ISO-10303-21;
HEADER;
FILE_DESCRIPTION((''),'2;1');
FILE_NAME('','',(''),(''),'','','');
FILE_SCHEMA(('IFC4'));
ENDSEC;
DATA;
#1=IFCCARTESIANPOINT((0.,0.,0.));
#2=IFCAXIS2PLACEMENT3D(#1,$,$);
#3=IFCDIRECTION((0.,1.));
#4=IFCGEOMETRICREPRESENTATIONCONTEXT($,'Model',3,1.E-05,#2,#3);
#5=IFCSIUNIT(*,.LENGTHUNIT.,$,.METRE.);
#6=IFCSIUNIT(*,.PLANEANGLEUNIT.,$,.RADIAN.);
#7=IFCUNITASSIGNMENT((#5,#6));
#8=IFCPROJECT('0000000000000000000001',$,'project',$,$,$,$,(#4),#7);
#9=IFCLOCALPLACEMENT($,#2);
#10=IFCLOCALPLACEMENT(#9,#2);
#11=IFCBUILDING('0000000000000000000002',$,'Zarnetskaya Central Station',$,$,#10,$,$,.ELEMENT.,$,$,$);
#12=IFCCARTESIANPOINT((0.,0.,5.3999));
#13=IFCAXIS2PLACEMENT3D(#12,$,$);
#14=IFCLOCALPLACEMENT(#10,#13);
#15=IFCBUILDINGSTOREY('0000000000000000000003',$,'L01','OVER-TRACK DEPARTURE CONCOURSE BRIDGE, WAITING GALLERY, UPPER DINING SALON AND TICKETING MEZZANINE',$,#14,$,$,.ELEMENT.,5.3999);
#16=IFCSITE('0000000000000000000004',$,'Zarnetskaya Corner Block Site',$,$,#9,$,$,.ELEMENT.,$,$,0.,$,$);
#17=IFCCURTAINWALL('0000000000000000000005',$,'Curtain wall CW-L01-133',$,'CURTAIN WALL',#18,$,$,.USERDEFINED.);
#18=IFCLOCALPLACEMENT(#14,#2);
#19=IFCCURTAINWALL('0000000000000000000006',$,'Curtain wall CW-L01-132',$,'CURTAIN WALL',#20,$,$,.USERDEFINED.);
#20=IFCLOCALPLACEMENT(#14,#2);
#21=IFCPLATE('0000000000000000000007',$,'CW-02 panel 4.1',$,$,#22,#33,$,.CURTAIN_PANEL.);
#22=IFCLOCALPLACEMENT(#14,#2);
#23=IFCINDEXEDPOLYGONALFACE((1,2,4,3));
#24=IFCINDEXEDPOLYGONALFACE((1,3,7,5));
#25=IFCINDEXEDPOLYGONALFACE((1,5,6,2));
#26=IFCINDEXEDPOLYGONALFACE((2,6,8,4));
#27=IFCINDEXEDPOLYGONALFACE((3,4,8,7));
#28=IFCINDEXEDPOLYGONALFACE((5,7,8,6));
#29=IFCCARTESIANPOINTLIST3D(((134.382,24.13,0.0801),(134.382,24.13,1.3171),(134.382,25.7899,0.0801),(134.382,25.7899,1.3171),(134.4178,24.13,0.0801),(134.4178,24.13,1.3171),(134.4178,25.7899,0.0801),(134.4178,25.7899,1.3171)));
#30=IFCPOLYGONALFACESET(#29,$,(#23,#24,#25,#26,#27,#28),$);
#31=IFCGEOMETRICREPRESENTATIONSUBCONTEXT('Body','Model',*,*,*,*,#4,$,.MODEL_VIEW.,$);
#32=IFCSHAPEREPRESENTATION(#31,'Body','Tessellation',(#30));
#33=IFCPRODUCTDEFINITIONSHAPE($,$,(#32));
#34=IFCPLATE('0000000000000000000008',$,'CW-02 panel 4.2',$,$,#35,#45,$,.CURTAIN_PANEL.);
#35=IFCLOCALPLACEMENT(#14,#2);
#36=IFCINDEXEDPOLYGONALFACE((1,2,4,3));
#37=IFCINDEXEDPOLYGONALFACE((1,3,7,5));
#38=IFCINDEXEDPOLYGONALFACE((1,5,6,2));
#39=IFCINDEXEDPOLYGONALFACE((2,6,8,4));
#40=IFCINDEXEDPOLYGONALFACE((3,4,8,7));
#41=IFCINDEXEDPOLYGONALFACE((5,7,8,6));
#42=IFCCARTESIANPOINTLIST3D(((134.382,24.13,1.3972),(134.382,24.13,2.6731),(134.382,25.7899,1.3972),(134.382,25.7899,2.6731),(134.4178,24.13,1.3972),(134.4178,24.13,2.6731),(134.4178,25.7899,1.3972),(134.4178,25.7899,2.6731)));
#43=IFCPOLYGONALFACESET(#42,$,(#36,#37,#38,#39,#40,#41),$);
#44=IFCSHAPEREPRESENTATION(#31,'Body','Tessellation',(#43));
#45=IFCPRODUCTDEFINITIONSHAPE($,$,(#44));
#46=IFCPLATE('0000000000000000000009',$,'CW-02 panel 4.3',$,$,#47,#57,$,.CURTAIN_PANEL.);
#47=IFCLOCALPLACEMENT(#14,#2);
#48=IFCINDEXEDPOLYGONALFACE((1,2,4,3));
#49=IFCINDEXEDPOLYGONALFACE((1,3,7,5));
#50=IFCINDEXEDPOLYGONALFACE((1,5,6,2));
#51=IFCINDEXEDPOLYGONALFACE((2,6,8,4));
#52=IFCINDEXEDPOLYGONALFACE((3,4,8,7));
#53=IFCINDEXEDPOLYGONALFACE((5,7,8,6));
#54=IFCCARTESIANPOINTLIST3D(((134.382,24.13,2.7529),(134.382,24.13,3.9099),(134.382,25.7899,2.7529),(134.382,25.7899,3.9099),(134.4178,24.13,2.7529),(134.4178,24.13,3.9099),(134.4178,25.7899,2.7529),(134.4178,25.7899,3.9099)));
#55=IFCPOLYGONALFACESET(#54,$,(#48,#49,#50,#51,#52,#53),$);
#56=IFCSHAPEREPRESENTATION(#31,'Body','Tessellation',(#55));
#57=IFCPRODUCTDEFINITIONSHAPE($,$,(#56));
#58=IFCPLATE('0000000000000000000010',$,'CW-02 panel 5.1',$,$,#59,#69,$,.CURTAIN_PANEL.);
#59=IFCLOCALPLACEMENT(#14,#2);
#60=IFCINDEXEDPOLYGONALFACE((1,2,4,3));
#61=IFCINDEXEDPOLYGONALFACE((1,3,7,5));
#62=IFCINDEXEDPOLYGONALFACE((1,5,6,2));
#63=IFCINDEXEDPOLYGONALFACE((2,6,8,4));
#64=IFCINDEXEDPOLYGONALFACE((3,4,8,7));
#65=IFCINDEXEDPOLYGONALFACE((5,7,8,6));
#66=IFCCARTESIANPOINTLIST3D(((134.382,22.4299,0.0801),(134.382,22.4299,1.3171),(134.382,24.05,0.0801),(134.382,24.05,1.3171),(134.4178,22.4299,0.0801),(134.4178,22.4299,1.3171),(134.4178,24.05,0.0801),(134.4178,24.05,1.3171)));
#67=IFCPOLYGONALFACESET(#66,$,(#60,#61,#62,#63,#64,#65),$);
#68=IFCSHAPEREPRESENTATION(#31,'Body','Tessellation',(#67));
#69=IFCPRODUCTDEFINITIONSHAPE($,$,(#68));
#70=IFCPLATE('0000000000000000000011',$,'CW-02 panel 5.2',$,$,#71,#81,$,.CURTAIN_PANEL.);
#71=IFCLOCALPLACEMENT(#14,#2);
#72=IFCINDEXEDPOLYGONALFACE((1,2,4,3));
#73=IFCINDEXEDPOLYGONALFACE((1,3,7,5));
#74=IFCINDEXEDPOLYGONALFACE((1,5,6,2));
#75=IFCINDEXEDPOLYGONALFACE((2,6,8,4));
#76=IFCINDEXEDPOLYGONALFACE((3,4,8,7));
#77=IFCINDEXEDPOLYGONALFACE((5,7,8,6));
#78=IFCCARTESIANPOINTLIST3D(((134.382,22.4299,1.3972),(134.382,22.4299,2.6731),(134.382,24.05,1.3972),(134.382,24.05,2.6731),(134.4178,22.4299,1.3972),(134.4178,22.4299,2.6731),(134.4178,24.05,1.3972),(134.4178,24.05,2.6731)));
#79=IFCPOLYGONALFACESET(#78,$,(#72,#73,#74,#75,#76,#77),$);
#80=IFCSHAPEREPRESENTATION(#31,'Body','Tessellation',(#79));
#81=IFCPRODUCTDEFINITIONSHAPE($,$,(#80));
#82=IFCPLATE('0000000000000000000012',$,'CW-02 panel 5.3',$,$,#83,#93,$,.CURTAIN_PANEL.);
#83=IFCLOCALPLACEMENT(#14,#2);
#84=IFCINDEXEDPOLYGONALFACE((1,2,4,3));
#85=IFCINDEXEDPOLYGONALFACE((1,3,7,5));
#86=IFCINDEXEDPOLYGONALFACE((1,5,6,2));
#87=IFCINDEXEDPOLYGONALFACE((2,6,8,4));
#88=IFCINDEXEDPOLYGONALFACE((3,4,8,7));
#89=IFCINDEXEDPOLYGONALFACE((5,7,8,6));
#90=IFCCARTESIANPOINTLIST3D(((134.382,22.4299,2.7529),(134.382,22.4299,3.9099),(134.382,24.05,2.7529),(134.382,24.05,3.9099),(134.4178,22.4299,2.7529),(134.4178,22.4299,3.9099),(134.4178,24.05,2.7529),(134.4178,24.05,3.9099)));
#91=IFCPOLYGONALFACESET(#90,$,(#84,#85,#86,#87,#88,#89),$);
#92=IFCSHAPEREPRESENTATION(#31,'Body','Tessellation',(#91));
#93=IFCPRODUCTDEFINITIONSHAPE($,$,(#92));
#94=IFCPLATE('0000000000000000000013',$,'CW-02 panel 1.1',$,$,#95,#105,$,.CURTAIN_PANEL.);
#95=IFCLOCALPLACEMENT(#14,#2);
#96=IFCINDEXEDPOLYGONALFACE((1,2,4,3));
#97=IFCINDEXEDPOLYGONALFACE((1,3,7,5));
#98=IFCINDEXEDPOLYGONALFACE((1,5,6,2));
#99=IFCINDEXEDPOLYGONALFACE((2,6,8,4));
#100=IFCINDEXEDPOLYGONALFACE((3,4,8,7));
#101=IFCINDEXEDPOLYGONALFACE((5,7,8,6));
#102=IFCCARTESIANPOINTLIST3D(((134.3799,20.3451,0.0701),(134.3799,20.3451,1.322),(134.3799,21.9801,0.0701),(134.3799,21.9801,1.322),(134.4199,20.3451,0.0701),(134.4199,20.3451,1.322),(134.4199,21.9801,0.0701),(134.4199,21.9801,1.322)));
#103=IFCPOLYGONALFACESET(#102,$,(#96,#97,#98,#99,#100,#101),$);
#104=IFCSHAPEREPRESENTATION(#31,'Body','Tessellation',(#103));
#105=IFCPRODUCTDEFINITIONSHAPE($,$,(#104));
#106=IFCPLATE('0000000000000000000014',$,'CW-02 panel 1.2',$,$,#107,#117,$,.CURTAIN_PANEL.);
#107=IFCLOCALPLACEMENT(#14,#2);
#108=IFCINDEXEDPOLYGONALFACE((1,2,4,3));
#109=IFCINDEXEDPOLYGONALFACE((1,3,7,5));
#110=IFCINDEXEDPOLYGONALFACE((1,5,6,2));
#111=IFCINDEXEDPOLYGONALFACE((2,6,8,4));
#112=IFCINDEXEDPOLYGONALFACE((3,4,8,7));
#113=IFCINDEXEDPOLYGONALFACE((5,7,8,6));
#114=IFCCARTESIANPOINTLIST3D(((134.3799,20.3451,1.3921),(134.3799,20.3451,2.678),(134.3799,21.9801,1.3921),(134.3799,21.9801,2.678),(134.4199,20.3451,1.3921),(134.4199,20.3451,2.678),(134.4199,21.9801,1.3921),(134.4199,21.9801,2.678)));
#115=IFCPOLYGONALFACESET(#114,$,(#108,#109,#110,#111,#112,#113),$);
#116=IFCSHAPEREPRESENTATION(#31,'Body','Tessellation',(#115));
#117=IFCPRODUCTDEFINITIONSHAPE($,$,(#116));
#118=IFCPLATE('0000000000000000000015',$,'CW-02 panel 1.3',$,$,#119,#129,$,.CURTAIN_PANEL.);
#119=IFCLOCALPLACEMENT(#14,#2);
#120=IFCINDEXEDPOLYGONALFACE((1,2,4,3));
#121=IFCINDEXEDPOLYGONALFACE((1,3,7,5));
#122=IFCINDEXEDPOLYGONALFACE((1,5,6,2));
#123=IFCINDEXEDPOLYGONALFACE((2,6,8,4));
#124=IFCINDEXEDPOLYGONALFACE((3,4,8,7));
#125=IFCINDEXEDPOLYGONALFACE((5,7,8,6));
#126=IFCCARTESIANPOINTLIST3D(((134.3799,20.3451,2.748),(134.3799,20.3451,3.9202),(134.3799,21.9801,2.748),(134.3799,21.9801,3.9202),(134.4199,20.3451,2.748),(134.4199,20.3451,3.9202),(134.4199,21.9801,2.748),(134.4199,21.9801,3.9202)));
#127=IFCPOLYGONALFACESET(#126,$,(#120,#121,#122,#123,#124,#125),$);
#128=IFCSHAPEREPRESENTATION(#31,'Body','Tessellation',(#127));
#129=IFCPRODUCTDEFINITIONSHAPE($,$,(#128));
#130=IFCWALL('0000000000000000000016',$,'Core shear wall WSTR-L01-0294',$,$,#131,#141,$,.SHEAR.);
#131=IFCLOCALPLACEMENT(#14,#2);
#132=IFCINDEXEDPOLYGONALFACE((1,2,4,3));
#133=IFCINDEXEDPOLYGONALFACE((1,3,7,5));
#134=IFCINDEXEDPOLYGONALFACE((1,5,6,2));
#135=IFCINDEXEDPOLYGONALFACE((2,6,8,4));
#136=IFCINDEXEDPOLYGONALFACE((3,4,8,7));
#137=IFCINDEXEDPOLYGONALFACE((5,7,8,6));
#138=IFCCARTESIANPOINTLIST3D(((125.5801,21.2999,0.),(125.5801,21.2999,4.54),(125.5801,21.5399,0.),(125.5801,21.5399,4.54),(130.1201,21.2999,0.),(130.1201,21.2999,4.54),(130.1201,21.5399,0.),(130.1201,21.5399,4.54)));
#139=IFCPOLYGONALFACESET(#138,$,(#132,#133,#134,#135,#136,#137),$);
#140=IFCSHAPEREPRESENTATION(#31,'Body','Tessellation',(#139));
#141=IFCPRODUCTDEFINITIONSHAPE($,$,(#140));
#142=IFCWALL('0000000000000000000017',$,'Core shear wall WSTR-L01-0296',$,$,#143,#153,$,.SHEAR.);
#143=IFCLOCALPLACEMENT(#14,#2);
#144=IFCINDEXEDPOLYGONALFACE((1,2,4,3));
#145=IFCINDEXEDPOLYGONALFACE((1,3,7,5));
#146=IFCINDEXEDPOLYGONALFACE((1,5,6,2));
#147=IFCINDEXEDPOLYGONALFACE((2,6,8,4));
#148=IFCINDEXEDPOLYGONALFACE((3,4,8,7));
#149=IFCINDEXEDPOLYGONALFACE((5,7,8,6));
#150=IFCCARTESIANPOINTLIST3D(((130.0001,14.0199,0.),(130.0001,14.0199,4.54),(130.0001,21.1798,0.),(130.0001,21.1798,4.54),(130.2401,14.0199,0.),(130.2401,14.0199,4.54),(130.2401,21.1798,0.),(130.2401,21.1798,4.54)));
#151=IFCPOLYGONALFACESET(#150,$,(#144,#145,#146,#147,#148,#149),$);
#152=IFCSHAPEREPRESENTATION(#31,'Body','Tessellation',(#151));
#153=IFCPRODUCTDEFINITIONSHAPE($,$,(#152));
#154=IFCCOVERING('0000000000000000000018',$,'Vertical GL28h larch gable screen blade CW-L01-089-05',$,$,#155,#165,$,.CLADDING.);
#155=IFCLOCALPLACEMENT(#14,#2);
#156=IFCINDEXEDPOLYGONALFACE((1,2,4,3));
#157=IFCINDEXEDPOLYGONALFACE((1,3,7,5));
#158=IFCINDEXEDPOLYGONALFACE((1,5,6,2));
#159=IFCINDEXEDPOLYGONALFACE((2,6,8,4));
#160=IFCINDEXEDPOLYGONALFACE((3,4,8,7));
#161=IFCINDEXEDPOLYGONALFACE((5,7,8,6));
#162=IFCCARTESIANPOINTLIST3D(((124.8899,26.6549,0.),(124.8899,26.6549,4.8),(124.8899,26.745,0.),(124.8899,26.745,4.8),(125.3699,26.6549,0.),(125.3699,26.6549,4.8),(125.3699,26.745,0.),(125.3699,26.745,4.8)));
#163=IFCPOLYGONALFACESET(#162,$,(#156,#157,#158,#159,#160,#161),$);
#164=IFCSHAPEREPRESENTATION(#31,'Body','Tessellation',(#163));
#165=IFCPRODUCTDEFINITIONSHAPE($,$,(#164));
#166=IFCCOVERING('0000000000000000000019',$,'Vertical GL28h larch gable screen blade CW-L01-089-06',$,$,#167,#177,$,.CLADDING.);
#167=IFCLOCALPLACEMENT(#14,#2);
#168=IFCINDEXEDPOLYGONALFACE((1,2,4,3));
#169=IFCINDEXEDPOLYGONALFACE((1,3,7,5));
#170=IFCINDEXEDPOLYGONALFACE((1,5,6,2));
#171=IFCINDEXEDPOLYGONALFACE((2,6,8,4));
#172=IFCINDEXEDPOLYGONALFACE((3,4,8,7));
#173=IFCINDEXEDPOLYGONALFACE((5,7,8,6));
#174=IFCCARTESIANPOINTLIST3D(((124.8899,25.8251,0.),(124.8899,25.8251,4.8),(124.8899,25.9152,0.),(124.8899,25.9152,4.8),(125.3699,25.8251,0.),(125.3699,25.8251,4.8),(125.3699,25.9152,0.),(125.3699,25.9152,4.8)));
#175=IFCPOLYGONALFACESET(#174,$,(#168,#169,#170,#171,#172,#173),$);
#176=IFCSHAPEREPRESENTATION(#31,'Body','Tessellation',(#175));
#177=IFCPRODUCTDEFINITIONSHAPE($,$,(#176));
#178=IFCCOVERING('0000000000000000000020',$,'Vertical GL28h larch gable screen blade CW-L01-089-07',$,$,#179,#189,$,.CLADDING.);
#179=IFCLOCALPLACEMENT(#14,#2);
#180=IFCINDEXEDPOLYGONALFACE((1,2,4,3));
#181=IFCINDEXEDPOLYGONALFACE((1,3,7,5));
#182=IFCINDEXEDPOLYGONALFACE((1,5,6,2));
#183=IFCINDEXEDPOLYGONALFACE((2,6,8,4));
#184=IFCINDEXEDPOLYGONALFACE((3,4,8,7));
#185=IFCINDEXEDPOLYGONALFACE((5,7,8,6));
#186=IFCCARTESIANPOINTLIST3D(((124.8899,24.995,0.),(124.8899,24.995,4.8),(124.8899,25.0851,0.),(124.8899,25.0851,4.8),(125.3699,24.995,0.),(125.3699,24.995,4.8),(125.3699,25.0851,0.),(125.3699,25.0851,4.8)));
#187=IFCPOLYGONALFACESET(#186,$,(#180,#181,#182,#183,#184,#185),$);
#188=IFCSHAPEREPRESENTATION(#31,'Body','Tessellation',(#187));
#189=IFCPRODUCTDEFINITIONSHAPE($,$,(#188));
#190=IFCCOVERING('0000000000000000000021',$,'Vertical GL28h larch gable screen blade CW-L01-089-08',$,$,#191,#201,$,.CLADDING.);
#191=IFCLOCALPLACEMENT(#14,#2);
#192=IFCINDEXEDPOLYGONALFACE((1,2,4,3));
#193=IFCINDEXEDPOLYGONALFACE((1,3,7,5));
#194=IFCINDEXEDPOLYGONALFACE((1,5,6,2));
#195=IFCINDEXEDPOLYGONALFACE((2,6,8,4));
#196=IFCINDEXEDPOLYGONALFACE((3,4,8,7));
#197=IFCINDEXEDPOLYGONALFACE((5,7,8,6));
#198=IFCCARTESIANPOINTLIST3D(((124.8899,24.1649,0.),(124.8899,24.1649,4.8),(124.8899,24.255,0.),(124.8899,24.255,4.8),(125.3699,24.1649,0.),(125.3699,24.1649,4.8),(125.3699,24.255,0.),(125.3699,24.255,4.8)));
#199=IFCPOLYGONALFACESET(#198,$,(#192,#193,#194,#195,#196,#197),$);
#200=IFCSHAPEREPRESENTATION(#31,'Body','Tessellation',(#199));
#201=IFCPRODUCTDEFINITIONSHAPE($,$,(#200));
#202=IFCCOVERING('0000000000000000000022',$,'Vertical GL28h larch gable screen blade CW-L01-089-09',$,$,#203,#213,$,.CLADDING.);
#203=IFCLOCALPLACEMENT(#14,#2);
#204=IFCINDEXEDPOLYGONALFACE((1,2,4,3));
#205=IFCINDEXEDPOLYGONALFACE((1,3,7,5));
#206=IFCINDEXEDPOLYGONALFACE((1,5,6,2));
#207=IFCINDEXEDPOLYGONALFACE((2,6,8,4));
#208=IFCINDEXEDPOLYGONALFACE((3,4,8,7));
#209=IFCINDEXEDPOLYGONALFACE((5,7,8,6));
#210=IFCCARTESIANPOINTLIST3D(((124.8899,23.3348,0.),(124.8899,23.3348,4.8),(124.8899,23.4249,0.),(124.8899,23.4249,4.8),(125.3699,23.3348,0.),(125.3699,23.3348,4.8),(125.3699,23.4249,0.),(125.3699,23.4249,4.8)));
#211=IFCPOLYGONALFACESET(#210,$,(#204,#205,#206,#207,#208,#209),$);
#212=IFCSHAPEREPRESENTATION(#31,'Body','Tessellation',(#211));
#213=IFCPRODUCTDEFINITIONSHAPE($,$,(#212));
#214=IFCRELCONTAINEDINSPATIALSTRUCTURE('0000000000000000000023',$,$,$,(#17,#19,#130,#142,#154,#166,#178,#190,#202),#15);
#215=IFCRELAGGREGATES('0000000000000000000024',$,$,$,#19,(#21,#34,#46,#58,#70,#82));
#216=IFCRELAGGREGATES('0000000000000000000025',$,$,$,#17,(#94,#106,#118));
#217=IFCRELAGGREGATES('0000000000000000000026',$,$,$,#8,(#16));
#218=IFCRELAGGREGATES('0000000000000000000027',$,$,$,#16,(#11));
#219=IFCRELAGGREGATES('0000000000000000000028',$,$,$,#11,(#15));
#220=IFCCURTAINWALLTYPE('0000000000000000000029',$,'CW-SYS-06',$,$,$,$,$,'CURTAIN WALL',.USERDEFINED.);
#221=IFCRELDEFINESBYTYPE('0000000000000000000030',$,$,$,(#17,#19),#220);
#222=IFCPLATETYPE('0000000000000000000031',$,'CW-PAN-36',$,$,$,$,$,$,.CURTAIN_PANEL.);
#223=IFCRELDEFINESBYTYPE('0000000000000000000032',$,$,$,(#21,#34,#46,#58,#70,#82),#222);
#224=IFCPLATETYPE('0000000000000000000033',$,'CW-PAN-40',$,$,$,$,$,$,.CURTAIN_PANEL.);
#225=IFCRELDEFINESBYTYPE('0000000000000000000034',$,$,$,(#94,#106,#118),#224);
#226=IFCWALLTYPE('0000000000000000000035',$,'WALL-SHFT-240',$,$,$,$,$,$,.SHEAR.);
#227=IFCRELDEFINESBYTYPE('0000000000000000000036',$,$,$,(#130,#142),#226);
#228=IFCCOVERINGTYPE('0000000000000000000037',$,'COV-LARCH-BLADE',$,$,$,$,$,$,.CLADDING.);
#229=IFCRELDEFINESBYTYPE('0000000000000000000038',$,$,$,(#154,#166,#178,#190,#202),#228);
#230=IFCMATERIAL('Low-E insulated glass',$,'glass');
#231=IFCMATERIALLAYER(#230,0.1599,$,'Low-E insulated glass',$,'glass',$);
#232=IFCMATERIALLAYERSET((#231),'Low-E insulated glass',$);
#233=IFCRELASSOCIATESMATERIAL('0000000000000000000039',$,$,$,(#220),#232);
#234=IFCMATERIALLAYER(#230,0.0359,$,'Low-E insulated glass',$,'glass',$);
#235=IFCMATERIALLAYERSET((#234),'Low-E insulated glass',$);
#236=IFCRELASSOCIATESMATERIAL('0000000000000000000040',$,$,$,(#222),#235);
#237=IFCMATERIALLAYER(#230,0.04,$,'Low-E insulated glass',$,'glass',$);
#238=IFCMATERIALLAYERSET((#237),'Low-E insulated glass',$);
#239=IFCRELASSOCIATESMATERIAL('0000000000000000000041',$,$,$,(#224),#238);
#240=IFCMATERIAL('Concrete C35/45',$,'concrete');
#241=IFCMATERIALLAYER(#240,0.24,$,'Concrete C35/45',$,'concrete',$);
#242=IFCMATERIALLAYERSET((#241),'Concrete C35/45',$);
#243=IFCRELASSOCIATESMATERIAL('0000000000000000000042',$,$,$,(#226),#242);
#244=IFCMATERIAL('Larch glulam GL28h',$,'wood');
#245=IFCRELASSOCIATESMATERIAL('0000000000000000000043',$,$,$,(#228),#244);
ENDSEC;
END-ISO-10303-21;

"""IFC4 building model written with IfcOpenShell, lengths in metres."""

from ifc_helpers import new_model, si_unit, direction, frame, frame_2d, origin, origin_2d, place, context, subcontext, project, spatial, rectangle, extrude, material, layer, layer_set, type_object, element, aggregate, save


model = new_model("IFC4")

# Units and contexts
model_context = context("Model", 3, precision=1e-05, world=origin(), true_north=direction((0.0, 1.0)))
body_context = subcontext(model_context, "Body", "Model", "MODEL_VIEW")
ifc_project = project(units=[si_unit("LENGTHUNIT", "METRE"), si_unit("PLANEANGLEUNIT", "RADIAN")], contexts=[model_context])

# Site, building, storey
site_placement = place(None, origin())
site = spatial("IfcSite", under=ifc_project, at=site_placement, Name="Zarnetskaya Corner Block Site", CompositionType="ELEMENT", RefElevation=0.0)
building_placement = place(site_placement, origin())
building = spatial("IfcBuilding", under=site, at=building_placement, Name="Zarnetskaya Central Station", CompositionType="ELEMENT")
storey_placement = place(building_placement, frame((0.0, 0.0, 5.3999)))
storey = spatial("IfcBuildingStorey", under=building, at=storey_placement, Name="L01", Description="OVER-TRACK DEPARTURE CONCOURSE BRIDGE, WAITING GALLERY, UPPER DINING SALON AND TICKETING MEZZANINE", CompositionType="ELEMENT", Elevation=5.3999)

# Curtain walls
ifc_material_1 = material(Name="Low-E insulated glass", Category="glass")
ifc_layer_1 = layer(ifc_material_1, 0.1599, Name="Low-E insulated glass", Category="glass")
ifc_layer_set_1 = layer_set([ifc_layer_1], Name="Low-E insulated glass")
curtain_wall_type = type_object("IfcCurtainWallType", Name="CW-SYS-06", ElementType="CURTAIN WALL", PredefinedType="USERDEFINED", material=ifc_layer_set_1)
curtain_wall_1_placement = place(storey_placement, origin())
curtain_wall_1 = element("IfcCurtainWall", 1, at=curtain_wall_1_placement, inside=storey, type_object=curtain_wall_type, Name="Curtain wall CW-L01-133", ObjectType="CURTAIN WALL", PredefinedType="USERDEFINED")
curtain_wall_2_placement = place(storey_placement, origin())
curtain_wall_2 = element("IfcCurtainWall", 2, at=curtain_wall_2_placement, inside=storey, type_object=curtain_wall_type, Name="Curtain wall CW-L01-132", ObjectType="CURTAIN WALL", PredefinedType="USERDEFINED")

# Plates
ifc_layer_2 = layer(ifc_material_1, 0.0359, Name="Low-E insulated glass", Category="glass")
ifc_layer_set_2 = layer_set([ifc_layer_2], Name="Low-E insulated glass")
plate_type_1 = type_object("IfcPlateType", Name="CW-PAN-36", PredefinedType="CURTAIN_PANEL", material=ifc_layer_set_2)
plate_1_placement = place(storey_placement, frame((134.3999, 24.96, 0.0801), z_axis=(0.0, 0.0, 1.0), x_axis=(0.0, -1.0, 0.0)))
plate_1 = element("IfcPlate", 3, at=plate_1_placement, type_object=plate_type_1, Name="CW-02 panel 4.1", PredefinedType="CURTAIN_PANEL", context=body_context, shape_type="SweptSolid", body=[
    extrude(rectangle(XDim=1.6599, YDim=0.0359, at=origin_2d()), origin(), (0.0, 0.0, 1.0), 1.2371),
])
plate_2_placement = place(storey_placement, frame((134.3999, 24.96, 1.3972), z_axis=(0.0, 0.0, 1.0), x_axis=(0.0, -1.0, 0.0)))
plate_2 = element("IfcPlate", 4, at=plate_2_placement, type_object=plate_type_1, Name="CW-02 panel 4.2", PredefinedType="CURTAIN_PANEL", context=body_context, shape_type="SweptSolid", body=[
    extrude(rectangle(XDim=1.6599, YDim=0.0359, at=origin_2d()), origin(), (0.0, 0.0, 1.0), 1.2759),
])
plate_3_placement = place(storey_placement, frame((134.3999, 24.96, 2.7529), z_axis=(0.0, 0.0, 1.0), x_axis=(0.0, -1.0, 0.0)))
plate_3 = element("IfcPlate", 5, at=plate_3_placement, type_object=plate_type_1, Name="CW-02 panel 4.3", PredefinedType="CURTAIN_PANEL", context=body_context, shape_type="SweptSolid", body=[
    extrude(rectangle(XDim=1.6599, YDim=0.0359, at=origin_2d()), origin(), (0.0, 0.0, 1.0), 1.157),
])
plate_4_placement = place(storey_placement, frame((134.3999, 23.24, 0.0801), z_axis=(0.0, 0.0, 1.0), x_axis=(0.0, -1.0, 0.0)))
plate_4 = element("IfcPlate", 6, at=plate_4_placement, type_object=plate_type_1, Name="CW-02 panel 5.1", PredefinedType="CURTAIN_PANEL", context=body_context, shape_type="SweptSolid", body=[
    extrude(rectangle(XDim=1.6201, YDim=0.0359, at=origin_2d()), origin(), (0.0, 0.0, 1.0), 1.2371),
])
plate_5_placement = place(storey_placement, frame((134.3999, 23.24, 1.3972), z_axis=(0.0, 0.0, 1.0), x_axis=(0.0, -1.0, 0.0)))
plate_5 = element("IfcPlate", 7, at=plate_5_placement, type_object=plate_type_1, Name="CW-02 panel 5.2", PredefinedType="CURTAIN_PANEL", context=body_context, shape_type="SweptSolid", body=[
    extrude(rectangle(XDim=1.6201, YDim=0.0359, at=origin_2d()), origin(), (0.0, 0.0, 1.0), 1.2759),
])
plate_6_placement = place(storey_placement, frame((134.3999, 23.24, 2.7529), z_axis=(0.0, 0.0, 1.0), x_axis=(0.0, -1.0, 0.0)))
plate_6 = element("IfcPlate", 8, at=plate_6_placement, type_object=plate_type_1, Name="CW-02 panel 5.3", PredefinedType="CURTAIN_PANEL", context=body_context, shape_type="SweptSolid", body=[
    extrude(rectangle(XDim=1.6201, YDim=0.0359, at=origin_2d()), origin(), (0.0, 0.0, 1.0), 1.157),
])
aggregate(curtain_wall_2, [plate_1, plate_2, plate_3, plate_4, plate_5, plate_6])
ifc_layer_3 = layer(ifc_material_1, 0.04, Name="Low-E insulated glass", Category="glass")
ifc_layer_set_3 = layer_set([ifc_layer_3], Name="Low-E insulated glass")
plate_type_2 = type_object("IfcPlateType", Name="CW-PAN-40", PredefinedType="CURTAIN_PANEL", material=ifc_layer_set_3)
plate_7_placement = place(storey_placement, frame((134.3999, 21.1626, 0.0701), z_axis=(0.0, 0.0, 1.0), x_axis=(0.0, -1.0, 0.0)))
plate_7 = element("IfcPlate", 9, at=plate_7_placement, type_object=plate_type_2, Name="CW-02 panel 1.1", PredefinedType="CURTAIN_PANEL", context=body_context, shape_type="SweptSolid", body=[
    extrude(rectangle(XDim=1.635, YDim=0.04, at=origin_2d()), origin(), (0.0, 0.0, 1.0), 1.252),
])
plate_8_placement = place(storey_placement, frame((134.3999, 21.1626, 1.3921), z_axis=(0.0, 0.0, 1.0), x_axis=(0.0, -1.0, 0.0)))
plate_8 = element("IfcPlate", 10, at=plate_8_placement, type_object=plate_type_2, Name="CW-02 panel 1.2", PredefinedType="CURTAIN_PANEL", context=body_context, shape_type="SweptSolid", body=[
    extrude(rectangle(XDim=1.635, YDim=0.04, at=origin_2d()), origin(), (0.0, 0.0, 1.0), 1.2859),
])
plate_9_placement = place(storey_placement, frame((134.3999, 21.1626, 2.748), z_axis=(0.0, 0.0, 1.0), x_axis=(0.0, -1.0, 0.0)))
plate_9 = element("IfcPlate", 11, at=plate_9_placement, type_object=plate_type_2, Name="CW-02 panel 1.3", PredefinedType="CURTAIN_PANEL", context=body_context, shape_type="SweptSolid", body=[
    extrude(rectangle(XDim=1.635, YDim=0.04, at=origin_2d()), origin(), (0.0, 0.0, 1.0), 1.1721),
])
aggregate(curtain_wall_1, [plate_7, plate_8, plate_9])

# Walls
ifc_material_2 = material(Name="Concrete C35/45", Category="concrete")
ifc_layer_4 = layer(ifc_material_2, 0.24, Name="Concrete C35/45", Category="concrete")
ifc_layer_set_4 = layer_set([ifc_layer_4], Name="Concrete C35/45")
wall_type = type_object("IfcWallType", Name="WALL-SHFT-240", PredefinedType="SHEAR", material=ifc_layer_set_4)
wall_1_placement = place(storey_placement, frame((125.5801, 21.4199, 0.0), z_axis=(0.0, 0.0, 1.0), x_axis=(1.0, 0.0, 0.0)))
element("IfcWall", 12, at=wall_1_placement, inside=storey, type_object=wall_type, Name="Core shear wall WSTR-L01-0294", PredefinedType="SHEAR", context=body_context, shape_type="SweptSolid", body=[
    extrude(rectangle(XDim=4.54, YDim=0.24, at=frame_2d((2.27, 0.0))), origin(), (0.0, 0.0, 1.0), 4.54),
])
wall_2_placement = place(storey_placement, frame((130.1201, 21.1799, 0.0), z_axis=(0.0, 0.0, 1.0), x_axis=(0.0, -1.0, 0.0)))
element("IfcWall", 13, at=wall_2_placement, inside=storey, type_object=wall_type, Name="Core shear wall WSTR-L01-0296", PredefinedType="SHEAR", context=body_context, shape_type="SweptSolid", body=[
    extrude(rectangle(XDim=7.1599, YDim=0.24, at=frame_2d((3.5801, 0.0))), origin(), (0.0, 0.0, 1.0), 4.54),
])

# Coverings
ifc_material_3 = material(Name="Larch glulam GL28h", Category="wood")
covering_type = type_object("IfcCoveringType", Name="COV-LARCH-BLADE", PredefinedType="CLADDING", material=ifc_material_3)
for number, where, z_axis, x_axis, name in (
    (14, (125.1299, 26.7, 0.0), (0.0, 0.0, 1.0), (0.0, -1.0, 0.0), "Vertical GL28h larch gable screen blade CW-L01-089-05"),
    (15, (125.1299, 25.8701, 0.0), (0.0, 0.0, 1.0), (0.0, -1.0, 0.0), "Vertical GL28h larch gable screen blade CW-L01-089-06"),
    (16, (125.1299, 25.04, 0.0), (0.0, 0.0, 1.0), (0.0, -1.0, 0.0), "Vertical GL28h larch gable screen blade CW-L01-089-07"),
    (17, (125.1299, 24.21, 0.0), (0.0, 0.0, 1.0), (0.0, -1.0, 0.0), "Vertical GL28h larch gable screen blade CW-L01-089-08"),
    (18, (125.1299, 23.3799, 0.0), (0.0, 0.0, 1.0), (0.0, -1.0, 0.0), "Vertical GL28h larch gable screen blade CW-L01-089-09"),
):
    element("IfcCovering", number, at=place(storey_placement, frame(where, z_axis=z_axis, x_axis=x_axis)), inside=storey, type_object=covering_type, Name=name, PredefinedType="CLADDING", context=body_context, shape_type="SweptSolid", body=[
        extrude(rectangle(XDim=0.0901, YDim=0.48, at=origin_2d()), origin(), (0.0, 0.0, 1.0), 4.8),
    ])

save(model, "model.ifc")
